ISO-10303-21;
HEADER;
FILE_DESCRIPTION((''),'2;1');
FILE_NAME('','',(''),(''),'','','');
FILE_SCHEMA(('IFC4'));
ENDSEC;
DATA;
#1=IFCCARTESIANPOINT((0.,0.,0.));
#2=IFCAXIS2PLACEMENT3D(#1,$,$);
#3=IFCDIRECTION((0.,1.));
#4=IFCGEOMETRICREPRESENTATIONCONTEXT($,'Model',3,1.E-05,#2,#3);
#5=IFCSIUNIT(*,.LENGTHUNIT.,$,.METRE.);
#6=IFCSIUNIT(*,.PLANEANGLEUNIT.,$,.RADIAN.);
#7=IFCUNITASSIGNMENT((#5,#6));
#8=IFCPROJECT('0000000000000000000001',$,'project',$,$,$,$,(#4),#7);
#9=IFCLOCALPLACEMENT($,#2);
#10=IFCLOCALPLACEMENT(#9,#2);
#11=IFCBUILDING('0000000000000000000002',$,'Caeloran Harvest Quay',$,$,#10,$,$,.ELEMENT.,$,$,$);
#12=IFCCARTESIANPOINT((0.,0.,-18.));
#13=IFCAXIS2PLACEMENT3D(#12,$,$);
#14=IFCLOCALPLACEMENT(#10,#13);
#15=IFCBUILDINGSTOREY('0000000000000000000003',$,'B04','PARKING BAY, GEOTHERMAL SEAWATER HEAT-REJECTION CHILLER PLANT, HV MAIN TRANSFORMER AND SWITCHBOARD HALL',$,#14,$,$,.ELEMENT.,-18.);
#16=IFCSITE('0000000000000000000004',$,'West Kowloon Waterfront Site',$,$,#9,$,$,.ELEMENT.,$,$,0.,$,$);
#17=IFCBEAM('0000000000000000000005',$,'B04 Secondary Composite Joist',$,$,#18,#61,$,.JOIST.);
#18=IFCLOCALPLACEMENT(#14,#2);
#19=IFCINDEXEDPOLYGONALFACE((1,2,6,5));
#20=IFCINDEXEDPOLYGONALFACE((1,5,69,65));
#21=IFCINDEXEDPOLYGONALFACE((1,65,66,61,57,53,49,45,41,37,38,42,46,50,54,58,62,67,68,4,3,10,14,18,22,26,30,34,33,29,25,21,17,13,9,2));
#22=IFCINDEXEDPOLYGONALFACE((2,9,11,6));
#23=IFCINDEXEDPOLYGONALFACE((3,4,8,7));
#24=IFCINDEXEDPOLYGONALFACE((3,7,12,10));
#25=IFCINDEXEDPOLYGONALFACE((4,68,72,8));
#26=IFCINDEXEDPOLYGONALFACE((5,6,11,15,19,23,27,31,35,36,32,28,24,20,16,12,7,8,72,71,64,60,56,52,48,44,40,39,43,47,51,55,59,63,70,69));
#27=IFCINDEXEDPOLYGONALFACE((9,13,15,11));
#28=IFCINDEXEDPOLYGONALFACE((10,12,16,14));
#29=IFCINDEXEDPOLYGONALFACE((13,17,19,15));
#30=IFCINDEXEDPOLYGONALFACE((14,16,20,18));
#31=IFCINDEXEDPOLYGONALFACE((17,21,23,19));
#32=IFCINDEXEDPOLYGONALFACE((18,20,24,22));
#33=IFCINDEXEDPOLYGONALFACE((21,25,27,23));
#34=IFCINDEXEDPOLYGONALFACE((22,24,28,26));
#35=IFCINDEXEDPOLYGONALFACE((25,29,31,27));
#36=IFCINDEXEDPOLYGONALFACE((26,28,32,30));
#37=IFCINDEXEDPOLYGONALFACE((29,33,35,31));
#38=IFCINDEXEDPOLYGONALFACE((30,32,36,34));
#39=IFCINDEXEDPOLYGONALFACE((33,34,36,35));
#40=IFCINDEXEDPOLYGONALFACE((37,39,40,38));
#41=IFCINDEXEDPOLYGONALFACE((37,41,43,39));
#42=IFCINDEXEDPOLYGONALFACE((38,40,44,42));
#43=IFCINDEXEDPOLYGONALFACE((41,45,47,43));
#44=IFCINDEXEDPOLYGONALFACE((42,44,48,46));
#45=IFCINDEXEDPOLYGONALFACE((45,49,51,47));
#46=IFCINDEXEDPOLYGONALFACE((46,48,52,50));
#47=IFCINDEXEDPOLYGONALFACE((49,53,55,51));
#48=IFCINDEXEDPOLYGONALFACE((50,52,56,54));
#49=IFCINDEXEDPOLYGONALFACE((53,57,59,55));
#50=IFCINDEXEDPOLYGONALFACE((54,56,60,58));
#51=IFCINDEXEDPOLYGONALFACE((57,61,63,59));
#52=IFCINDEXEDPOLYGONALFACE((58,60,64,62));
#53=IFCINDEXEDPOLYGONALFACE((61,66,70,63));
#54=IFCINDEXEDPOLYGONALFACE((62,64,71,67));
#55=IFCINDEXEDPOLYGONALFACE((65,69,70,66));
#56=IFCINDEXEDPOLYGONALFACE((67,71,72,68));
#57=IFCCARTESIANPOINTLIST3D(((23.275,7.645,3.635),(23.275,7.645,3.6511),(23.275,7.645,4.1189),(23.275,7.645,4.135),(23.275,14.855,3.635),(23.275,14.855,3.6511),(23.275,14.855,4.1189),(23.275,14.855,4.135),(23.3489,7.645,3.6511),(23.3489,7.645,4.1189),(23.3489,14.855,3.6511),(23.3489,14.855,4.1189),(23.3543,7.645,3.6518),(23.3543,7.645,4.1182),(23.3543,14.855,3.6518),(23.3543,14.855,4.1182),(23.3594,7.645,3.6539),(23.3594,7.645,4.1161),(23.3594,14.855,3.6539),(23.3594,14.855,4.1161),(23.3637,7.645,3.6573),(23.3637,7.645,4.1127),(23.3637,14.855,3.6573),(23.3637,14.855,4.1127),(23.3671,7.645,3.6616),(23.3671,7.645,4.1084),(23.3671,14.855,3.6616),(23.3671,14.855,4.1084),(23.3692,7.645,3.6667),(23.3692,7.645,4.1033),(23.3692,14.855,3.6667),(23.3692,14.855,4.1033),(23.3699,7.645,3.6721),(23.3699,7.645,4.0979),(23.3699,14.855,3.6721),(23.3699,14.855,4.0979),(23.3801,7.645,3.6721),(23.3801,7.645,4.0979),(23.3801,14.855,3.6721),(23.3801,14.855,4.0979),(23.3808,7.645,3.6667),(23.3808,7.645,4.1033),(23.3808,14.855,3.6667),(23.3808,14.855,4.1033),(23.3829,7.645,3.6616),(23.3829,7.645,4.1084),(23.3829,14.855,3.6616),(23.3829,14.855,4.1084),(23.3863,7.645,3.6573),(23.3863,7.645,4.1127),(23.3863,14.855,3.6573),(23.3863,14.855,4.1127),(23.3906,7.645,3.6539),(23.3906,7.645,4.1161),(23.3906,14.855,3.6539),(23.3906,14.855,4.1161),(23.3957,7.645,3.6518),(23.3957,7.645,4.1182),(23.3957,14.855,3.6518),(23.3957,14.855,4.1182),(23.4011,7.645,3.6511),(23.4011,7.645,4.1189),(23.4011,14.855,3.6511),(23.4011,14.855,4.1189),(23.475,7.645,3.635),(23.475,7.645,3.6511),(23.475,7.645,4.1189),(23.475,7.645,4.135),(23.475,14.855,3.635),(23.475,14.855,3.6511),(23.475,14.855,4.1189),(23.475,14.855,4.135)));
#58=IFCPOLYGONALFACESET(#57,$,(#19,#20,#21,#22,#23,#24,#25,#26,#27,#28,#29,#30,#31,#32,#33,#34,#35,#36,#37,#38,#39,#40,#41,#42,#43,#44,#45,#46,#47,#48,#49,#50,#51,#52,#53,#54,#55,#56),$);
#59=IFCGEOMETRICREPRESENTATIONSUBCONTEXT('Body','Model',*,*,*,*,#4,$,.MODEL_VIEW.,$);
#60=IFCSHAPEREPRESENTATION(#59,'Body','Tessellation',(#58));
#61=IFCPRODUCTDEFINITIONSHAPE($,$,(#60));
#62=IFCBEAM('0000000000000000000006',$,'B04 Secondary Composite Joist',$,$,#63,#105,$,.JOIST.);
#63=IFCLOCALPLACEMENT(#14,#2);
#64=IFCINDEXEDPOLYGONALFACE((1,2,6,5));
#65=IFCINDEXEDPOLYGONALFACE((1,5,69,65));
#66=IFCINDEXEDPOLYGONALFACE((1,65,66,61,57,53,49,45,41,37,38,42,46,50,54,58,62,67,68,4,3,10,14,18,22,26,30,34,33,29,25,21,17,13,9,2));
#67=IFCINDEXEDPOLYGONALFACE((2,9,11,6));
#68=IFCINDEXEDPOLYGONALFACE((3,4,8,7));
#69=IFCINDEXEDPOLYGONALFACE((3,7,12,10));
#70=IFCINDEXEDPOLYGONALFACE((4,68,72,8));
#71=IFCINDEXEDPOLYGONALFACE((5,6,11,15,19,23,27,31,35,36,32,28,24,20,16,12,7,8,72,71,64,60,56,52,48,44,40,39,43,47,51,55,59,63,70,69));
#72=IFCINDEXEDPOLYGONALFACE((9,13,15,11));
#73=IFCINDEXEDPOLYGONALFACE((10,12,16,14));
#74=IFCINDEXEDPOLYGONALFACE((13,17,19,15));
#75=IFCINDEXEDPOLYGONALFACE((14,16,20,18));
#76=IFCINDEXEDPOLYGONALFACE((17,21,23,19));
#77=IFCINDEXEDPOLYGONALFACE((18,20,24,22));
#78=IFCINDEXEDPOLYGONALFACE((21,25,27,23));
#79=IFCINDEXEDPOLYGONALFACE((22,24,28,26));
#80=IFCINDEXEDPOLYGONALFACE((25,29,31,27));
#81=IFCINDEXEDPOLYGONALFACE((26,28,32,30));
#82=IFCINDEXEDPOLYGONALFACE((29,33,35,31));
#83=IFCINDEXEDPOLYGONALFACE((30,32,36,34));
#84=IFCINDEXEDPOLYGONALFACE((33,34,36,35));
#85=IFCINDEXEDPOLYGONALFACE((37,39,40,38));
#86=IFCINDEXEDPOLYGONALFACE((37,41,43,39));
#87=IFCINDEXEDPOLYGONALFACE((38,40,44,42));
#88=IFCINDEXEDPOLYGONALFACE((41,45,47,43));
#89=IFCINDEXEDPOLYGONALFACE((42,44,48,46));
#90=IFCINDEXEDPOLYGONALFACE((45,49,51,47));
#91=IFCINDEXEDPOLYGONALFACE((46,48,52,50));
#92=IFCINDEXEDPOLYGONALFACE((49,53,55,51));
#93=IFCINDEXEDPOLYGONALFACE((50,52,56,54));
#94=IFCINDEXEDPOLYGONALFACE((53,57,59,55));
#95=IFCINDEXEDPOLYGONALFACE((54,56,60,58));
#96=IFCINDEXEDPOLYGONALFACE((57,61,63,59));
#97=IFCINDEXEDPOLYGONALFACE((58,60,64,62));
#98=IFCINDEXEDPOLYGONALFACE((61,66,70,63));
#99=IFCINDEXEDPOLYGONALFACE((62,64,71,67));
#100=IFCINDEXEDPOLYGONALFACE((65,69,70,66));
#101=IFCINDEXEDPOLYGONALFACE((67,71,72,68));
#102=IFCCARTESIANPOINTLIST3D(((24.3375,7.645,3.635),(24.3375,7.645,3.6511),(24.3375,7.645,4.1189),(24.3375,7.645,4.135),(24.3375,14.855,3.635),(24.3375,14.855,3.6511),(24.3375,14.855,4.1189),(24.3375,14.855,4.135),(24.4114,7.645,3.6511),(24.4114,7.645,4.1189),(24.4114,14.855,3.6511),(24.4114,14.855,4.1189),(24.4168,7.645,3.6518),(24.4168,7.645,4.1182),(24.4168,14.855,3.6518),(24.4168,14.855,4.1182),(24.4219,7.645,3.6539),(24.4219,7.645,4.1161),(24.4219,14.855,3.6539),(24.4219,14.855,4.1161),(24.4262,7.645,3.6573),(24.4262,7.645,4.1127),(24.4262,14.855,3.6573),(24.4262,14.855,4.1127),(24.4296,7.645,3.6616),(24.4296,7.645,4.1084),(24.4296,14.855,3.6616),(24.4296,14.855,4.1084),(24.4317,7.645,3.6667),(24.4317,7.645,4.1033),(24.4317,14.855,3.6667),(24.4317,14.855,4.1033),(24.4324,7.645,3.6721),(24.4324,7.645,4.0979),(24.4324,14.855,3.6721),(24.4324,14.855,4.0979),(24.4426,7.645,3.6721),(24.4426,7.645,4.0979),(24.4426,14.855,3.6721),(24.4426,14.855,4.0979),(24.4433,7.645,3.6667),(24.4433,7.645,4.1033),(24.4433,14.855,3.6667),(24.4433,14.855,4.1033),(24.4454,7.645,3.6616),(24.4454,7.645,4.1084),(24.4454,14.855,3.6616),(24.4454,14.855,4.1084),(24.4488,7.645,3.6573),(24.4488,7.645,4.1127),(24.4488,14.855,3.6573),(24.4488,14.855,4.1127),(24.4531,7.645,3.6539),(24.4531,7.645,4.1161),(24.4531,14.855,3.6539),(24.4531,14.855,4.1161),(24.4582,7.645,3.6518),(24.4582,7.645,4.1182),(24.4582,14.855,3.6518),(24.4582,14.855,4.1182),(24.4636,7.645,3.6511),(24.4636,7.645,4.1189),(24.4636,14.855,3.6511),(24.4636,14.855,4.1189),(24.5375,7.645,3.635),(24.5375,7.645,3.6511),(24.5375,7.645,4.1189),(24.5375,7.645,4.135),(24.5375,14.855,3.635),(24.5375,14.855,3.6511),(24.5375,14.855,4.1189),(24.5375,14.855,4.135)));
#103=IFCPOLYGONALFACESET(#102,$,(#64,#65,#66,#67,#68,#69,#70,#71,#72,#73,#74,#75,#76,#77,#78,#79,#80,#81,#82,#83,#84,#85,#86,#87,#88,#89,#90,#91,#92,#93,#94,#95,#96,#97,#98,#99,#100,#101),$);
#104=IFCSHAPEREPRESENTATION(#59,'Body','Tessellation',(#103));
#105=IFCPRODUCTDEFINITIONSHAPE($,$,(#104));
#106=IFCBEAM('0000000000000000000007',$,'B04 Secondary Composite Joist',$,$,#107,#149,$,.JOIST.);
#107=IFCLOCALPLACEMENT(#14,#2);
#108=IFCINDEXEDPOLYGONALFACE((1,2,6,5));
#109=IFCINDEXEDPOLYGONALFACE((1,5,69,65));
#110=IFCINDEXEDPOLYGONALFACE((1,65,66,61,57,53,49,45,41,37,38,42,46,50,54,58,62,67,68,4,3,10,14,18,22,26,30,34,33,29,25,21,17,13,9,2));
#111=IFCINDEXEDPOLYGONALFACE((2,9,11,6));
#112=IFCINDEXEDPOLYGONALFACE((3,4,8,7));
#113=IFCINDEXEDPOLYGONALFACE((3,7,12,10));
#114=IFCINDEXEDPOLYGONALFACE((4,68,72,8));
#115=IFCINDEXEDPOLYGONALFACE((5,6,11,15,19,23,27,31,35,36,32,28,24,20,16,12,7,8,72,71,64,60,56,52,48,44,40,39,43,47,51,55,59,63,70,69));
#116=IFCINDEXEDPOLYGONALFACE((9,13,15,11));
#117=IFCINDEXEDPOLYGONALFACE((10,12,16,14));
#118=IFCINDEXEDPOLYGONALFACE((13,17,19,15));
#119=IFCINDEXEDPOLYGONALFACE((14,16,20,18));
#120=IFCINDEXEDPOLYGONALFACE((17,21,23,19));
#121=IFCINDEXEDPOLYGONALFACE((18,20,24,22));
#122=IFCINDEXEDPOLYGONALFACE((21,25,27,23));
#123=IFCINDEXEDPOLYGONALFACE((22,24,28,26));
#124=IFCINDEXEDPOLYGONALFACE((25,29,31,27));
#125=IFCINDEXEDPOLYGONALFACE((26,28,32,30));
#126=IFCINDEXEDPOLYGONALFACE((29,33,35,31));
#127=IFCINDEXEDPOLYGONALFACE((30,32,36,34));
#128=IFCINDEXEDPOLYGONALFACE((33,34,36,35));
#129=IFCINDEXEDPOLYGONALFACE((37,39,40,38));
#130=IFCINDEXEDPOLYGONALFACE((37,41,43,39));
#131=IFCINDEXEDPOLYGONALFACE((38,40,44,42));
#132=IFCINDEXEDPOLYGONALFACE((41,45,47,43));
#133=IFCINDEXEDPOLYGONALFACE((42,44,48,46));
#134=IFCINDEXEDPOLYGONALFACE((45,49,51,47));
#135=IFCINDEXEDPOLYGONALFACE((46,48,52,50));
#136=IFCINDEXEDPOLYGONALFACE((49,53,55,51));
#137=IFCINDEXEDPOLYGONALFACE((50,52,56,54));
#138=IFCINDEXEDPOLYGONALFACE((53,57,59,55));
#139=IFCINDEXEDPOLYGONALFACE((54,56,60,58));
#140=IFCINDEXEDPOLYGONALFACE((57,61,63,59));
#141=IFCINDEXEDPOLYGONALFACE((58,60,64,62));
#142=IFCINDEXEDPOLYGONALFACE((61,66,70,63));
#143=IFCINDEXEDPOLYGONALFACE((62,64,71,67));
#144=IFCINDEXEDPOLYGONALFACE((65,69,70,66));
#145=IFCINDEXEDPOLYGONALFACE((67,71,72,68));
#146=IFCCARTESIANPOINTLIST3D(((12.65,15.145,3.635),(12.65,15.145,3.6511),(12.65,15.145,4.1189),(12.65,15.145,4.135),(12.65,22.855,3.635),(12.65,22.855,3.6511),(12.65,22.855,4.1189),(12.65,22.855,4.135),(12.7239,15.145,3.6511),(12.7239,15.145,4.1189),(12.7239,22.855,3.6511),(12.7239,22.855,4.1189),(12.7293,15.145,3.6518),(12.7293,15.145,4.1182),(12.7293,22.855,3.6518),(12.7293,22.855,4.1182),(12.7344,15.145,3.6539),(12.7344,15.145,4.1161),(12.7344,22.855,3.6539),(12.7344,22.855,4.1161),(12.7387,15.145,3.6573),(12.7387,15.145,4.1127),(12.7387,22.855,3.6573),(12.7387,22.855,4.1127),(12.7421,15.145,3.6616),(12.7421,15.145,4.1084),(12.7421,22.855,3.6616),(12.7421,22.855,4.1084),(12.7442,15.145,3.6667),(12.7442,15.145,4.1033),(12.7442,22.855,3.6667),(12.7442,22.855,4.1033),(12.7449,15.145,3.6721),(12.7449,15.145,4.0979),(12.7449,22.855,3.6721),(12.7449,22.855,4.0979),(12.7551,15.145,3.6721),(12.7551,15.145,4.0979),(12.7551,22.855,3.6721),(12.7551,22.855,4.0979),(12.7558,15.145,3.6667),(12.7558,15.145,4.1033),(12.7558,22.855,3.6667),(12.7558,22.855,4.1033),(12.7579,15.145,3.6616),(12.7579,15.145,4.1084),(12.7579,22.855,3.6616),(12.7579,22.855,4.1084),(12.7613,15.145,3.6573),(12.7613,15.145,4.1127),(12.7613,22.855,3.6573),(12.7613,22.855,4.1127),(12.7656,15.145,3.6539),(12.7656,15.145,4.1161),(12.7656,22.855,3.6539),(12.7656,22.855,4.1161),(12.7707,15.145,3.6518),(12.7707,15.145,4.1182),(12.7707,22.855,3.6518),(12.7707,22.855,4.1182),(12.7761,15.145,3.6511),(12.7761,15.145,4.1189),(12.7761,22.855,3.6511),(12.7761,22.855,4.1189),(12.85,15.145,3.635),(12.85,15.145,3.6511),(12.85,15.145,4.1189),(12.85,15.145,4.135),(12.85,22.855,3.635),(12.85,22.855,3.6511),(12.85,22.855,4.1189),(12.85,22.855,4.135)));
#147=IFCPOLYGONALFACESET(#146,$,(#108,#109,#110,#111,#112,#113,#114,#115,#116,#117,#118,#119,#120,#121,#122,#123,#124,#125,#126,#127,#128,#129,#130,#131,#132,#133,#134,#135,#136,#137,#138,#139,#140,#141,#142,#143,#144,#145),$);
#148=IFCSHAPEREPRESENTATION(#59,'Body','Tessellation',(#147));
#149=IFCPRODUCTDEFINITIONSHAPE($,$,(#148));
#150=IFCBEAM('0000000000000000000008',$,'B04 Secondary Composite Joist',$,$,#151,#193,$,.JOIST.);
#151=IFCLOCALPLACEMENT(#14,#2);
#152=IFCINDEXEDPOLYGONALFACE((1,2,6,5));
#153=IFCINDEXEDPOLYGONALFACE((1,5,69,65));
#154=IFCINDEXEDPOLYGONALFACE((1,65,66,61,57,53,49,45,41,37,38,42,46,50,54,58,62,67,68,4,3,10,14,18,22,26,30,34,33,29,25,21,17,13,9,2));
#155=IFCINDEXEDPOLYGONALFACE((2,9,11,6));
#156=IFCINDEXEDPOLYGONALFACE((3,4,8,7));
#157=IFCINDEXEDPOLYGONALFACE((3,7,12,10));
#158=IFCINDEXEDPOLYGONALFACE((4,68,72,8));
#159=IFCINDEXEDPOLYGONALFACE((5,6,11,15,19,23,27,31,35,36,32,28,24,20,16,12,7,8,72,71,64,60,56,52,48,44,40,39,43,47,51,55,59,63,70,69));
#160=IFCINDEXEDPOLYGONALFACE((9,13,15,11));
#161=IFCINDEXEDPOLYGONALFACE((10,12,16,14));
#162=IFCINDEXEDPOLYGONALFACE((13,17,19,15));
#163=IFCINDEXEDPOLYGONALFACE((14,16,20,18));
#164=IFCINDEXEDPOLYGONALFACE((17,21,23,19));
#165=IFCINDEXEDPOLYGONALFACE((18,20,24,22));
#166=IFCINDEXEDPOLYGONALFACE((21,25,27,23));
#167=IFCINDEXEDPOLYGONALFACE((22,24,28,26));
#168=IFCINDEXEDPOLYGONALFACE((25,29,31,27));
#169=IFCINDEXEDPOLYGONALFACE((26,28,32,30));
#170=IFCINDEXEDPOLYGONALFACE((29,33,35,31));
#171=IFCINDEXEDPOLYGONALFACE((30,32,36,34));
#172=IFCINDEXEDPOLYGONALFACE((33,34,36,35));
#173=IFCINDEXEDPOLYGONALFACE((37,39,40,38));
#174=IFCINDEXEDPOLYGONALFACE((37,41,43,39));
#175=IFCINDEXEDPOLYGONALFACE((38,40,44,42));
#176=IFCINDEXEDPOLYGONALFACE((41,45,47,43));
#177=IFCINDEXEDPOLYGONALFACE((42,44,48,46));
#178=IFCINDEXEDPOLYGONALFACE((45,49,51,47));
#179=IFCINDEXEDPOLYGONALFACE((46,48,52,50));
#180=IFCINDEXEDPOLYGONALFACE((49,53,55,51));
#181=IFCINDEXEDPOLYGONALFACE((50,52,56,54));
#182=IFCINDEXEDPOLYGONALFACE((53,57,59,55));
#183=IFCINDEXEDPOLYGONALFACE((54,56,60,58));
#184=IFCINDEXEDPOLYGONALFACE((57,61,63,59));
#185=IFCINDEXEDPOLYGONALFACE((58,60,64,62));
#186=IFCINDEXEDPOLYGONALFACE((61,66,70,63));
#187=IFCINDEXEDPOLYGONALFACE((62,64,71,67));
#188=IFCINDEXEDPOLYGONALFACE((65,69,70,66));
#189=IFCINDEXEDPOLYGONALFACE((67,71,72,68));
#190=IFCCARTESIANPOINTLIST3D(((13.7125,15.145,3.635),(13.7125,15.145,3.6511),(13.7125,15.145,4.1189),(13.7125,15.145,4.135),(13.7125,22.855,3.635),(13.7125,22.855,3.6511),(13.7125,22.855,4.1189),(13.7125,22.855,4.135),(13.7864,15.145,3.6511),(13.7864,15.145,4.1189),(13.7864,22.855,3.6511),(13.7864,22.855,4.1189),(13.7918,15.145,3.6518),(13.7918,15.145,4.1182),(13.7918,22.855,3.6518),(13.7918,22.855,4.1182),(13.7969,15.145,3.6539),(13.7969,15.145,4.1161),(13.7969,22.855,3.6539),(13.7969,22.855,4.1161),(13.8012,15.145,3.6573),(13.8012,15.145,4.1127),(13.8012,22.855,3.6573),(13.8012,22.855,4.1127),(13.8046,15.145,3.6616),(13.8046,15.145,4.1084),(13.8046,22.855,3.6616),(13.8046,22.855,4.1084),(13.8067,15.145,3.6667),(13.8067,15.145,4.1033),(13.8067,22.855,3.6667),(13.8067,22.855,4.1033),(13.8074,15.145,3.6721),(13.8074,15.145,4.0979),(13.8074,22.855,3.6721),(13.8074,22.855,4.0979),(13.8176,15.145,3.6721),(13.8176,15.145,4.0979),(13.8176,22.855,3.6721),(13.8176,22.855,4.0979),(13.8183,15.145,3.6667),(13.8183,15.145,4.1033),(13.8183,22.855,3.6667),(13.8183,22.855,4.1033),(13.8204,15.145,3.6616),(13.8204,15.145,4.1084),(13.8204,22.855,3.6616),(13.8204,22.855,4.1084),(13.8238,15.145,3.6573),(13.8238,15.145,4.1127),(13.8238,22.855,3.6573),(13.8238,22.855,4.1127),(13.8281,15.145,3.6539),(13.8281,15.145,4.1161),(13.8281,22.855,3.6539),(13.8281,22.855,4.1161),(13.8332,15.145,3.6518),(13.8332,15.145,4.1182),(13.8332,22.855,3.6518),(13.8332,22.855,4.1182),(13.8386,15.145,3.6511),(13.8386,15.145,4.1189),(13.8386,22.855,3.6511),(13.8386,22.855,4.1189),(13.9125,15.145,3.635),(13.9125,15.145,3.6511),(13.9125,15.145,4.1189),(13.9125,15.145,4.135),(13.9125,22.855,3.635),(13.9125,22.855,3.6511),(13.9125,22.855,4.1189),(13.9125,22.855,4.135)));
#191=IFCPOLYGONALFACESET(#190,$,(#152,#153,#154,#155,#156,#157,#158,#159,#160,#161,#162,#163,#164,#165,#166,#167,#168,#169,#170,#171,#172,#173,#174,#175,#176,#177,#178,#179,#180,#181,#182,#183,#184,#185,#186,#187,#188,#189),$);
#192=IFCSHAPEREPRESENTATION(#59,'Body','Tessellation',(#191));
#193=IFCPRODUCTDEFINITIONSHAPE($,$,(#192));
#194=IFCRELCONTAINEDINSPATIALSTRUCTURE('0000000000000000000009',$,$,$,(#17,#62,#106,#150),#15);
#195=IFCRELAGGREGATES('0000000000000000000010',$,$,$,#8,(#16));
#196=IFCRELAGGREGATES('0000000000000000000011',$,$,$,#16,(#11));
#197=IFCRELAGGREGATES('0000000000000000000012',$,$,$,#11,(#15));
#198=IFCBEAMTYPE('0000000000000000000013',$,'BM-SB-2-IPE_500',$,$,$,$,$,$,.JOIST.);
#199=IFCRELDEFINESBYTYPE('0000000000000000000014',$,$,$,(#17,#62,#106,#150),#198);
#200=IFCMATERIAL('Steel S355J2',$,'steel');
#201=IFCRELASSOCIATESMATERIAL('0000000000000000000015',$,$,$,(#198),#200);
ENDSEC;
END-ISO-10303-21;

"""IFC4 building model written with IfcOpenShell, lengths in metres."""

from ifc_helpers import new_model, si_unit, direction, frame, origin, origin_2d, place, context, subcontext, project, spatial, i_section, extrude, material, material_profile, profile_set, type_object, element, save


model = new_model("IFC4")

# Units and contexts
model_context = context("Model", 3, precision=1e-05, world=origin(), true_north=direction((0.0, 1.0)))
body_context = subcontext(model_context, "Body", "Model", "MODEL_VIEW")
ifc_project = project(units=[si_unit("LENGTHUNIT", "METRE"), si_unit("PLANEANGLEUNIT", "RADIAN")], contexts=[model_context])

# Site, building, storey
site_placement = place(None, origin())
site = spatial("IfcSite", under=ifc_project, at=site_placement, Name="West Kowloon Waterfront Site", CompositionType="ELEMENT", RefElevation=0.0)
building_placement = place(site_placement, origin())
building = spatial("IfcBuilding", under=site, at=building_placement, Name="Caeloran Harvest Quay", CompositionType="ELEMENT")
storey_placement = place(building_placement, frame((0.0, 0.0, -18.0)))
storey = spatial("IfcBuildingStorey", under=building, at=storey_placement, Name="B04", Description="PARKING BAY, GEOTHERMAL SEAWATER HEAT-REJECTION CHILLER PLANT, HV MAIN TRANSFORMER AND SWITCHBOARD HALL", CompositionType="ELEMENT", Elevation=-18.0)

# Beams
ifc_material_1 = material(Name="Steel S355J2", Category="steel")
ifc_material_profile_1 = material_profile(ifc_material_1, i_section(OverallWidth=0.2, OverallDepth=0.5, WebThickness=0.0103, FlangeThickness=0.0161, FilletRadius=0.021, at=origin_2d()), Name="IPE 500")
ifc_profile_set_1 = profile_set([ifc_material_profile_1], Name="Steel S355J2")
beam_type_1 = type_object("IfcBeamType", Name="BM-SB-2-IPE_500", PredefinedType="JOIST", material=ifc_profile_set_1)
for number, where, z_axis, x_axis, name in (
    (1, (23.375, 7.645, 3.885), (0.0, 1.0, 0.0), (-1.0, 0.0, 0.0), "B04 Secondary Composite Joist"),
    (2, (24.4375, 7.645, 3.885), (0.0, 1.0, 0.0), (-1.0, 0.0, 0.0), "B04 Secondary Composite Joist"),
):
    element("IfcBeam", number, at=place(storey_placement, frame(where, z_axis=z_axis, x_axis=x_axis)), inside=storey, type_object=beam_type_1, Name=name, PredefinedType="JOIST", context=body_context, shape_type="SweptSolid", body=[
        extrude(i_section(OverallWidth=0.2, OverallDepth=0.5, WebThickness=0.0103, FlangeThickness=0.0161, FilletRadius=0.021, at=origin_2d()), origin(), (0.0, 0.0, 1.0), 7.21),
    ])
for number, where, z_axis, x_axis, name in (
    (3, (12.75, 15.145, 3.885), (0.0, 1.0, 0.0), (-1.0, 0.0, 0.0), "B04 Secondary Composite Joist"),
    (4, (13.8125, 15.145, 3.885), (0.0, 1.0, 0.0), (-1.0, 0.0, 0.0), "B04 Secondary Composite Joist"),
):
    element("IfcBeam", number, at=place(storey_placement, frame(where, z_axis=z_axis, x_axis=x_axis)), inside=storey, type_object=beam_type_1, Name=name, PredefinedType="JOIST", context=body_context, shape_type="SweptSolid", body=[
        extrude(i_section(OverallWidth=0.2, OverallDepth=0.5, WebThickness=0.0103, FlangeThickness=0.0161, FilletRadius=0.021, at=origin_2d()), origin(), (0.0, 0.0, 1.0), 7.71),
    ])

save(model, "model.ifc")
